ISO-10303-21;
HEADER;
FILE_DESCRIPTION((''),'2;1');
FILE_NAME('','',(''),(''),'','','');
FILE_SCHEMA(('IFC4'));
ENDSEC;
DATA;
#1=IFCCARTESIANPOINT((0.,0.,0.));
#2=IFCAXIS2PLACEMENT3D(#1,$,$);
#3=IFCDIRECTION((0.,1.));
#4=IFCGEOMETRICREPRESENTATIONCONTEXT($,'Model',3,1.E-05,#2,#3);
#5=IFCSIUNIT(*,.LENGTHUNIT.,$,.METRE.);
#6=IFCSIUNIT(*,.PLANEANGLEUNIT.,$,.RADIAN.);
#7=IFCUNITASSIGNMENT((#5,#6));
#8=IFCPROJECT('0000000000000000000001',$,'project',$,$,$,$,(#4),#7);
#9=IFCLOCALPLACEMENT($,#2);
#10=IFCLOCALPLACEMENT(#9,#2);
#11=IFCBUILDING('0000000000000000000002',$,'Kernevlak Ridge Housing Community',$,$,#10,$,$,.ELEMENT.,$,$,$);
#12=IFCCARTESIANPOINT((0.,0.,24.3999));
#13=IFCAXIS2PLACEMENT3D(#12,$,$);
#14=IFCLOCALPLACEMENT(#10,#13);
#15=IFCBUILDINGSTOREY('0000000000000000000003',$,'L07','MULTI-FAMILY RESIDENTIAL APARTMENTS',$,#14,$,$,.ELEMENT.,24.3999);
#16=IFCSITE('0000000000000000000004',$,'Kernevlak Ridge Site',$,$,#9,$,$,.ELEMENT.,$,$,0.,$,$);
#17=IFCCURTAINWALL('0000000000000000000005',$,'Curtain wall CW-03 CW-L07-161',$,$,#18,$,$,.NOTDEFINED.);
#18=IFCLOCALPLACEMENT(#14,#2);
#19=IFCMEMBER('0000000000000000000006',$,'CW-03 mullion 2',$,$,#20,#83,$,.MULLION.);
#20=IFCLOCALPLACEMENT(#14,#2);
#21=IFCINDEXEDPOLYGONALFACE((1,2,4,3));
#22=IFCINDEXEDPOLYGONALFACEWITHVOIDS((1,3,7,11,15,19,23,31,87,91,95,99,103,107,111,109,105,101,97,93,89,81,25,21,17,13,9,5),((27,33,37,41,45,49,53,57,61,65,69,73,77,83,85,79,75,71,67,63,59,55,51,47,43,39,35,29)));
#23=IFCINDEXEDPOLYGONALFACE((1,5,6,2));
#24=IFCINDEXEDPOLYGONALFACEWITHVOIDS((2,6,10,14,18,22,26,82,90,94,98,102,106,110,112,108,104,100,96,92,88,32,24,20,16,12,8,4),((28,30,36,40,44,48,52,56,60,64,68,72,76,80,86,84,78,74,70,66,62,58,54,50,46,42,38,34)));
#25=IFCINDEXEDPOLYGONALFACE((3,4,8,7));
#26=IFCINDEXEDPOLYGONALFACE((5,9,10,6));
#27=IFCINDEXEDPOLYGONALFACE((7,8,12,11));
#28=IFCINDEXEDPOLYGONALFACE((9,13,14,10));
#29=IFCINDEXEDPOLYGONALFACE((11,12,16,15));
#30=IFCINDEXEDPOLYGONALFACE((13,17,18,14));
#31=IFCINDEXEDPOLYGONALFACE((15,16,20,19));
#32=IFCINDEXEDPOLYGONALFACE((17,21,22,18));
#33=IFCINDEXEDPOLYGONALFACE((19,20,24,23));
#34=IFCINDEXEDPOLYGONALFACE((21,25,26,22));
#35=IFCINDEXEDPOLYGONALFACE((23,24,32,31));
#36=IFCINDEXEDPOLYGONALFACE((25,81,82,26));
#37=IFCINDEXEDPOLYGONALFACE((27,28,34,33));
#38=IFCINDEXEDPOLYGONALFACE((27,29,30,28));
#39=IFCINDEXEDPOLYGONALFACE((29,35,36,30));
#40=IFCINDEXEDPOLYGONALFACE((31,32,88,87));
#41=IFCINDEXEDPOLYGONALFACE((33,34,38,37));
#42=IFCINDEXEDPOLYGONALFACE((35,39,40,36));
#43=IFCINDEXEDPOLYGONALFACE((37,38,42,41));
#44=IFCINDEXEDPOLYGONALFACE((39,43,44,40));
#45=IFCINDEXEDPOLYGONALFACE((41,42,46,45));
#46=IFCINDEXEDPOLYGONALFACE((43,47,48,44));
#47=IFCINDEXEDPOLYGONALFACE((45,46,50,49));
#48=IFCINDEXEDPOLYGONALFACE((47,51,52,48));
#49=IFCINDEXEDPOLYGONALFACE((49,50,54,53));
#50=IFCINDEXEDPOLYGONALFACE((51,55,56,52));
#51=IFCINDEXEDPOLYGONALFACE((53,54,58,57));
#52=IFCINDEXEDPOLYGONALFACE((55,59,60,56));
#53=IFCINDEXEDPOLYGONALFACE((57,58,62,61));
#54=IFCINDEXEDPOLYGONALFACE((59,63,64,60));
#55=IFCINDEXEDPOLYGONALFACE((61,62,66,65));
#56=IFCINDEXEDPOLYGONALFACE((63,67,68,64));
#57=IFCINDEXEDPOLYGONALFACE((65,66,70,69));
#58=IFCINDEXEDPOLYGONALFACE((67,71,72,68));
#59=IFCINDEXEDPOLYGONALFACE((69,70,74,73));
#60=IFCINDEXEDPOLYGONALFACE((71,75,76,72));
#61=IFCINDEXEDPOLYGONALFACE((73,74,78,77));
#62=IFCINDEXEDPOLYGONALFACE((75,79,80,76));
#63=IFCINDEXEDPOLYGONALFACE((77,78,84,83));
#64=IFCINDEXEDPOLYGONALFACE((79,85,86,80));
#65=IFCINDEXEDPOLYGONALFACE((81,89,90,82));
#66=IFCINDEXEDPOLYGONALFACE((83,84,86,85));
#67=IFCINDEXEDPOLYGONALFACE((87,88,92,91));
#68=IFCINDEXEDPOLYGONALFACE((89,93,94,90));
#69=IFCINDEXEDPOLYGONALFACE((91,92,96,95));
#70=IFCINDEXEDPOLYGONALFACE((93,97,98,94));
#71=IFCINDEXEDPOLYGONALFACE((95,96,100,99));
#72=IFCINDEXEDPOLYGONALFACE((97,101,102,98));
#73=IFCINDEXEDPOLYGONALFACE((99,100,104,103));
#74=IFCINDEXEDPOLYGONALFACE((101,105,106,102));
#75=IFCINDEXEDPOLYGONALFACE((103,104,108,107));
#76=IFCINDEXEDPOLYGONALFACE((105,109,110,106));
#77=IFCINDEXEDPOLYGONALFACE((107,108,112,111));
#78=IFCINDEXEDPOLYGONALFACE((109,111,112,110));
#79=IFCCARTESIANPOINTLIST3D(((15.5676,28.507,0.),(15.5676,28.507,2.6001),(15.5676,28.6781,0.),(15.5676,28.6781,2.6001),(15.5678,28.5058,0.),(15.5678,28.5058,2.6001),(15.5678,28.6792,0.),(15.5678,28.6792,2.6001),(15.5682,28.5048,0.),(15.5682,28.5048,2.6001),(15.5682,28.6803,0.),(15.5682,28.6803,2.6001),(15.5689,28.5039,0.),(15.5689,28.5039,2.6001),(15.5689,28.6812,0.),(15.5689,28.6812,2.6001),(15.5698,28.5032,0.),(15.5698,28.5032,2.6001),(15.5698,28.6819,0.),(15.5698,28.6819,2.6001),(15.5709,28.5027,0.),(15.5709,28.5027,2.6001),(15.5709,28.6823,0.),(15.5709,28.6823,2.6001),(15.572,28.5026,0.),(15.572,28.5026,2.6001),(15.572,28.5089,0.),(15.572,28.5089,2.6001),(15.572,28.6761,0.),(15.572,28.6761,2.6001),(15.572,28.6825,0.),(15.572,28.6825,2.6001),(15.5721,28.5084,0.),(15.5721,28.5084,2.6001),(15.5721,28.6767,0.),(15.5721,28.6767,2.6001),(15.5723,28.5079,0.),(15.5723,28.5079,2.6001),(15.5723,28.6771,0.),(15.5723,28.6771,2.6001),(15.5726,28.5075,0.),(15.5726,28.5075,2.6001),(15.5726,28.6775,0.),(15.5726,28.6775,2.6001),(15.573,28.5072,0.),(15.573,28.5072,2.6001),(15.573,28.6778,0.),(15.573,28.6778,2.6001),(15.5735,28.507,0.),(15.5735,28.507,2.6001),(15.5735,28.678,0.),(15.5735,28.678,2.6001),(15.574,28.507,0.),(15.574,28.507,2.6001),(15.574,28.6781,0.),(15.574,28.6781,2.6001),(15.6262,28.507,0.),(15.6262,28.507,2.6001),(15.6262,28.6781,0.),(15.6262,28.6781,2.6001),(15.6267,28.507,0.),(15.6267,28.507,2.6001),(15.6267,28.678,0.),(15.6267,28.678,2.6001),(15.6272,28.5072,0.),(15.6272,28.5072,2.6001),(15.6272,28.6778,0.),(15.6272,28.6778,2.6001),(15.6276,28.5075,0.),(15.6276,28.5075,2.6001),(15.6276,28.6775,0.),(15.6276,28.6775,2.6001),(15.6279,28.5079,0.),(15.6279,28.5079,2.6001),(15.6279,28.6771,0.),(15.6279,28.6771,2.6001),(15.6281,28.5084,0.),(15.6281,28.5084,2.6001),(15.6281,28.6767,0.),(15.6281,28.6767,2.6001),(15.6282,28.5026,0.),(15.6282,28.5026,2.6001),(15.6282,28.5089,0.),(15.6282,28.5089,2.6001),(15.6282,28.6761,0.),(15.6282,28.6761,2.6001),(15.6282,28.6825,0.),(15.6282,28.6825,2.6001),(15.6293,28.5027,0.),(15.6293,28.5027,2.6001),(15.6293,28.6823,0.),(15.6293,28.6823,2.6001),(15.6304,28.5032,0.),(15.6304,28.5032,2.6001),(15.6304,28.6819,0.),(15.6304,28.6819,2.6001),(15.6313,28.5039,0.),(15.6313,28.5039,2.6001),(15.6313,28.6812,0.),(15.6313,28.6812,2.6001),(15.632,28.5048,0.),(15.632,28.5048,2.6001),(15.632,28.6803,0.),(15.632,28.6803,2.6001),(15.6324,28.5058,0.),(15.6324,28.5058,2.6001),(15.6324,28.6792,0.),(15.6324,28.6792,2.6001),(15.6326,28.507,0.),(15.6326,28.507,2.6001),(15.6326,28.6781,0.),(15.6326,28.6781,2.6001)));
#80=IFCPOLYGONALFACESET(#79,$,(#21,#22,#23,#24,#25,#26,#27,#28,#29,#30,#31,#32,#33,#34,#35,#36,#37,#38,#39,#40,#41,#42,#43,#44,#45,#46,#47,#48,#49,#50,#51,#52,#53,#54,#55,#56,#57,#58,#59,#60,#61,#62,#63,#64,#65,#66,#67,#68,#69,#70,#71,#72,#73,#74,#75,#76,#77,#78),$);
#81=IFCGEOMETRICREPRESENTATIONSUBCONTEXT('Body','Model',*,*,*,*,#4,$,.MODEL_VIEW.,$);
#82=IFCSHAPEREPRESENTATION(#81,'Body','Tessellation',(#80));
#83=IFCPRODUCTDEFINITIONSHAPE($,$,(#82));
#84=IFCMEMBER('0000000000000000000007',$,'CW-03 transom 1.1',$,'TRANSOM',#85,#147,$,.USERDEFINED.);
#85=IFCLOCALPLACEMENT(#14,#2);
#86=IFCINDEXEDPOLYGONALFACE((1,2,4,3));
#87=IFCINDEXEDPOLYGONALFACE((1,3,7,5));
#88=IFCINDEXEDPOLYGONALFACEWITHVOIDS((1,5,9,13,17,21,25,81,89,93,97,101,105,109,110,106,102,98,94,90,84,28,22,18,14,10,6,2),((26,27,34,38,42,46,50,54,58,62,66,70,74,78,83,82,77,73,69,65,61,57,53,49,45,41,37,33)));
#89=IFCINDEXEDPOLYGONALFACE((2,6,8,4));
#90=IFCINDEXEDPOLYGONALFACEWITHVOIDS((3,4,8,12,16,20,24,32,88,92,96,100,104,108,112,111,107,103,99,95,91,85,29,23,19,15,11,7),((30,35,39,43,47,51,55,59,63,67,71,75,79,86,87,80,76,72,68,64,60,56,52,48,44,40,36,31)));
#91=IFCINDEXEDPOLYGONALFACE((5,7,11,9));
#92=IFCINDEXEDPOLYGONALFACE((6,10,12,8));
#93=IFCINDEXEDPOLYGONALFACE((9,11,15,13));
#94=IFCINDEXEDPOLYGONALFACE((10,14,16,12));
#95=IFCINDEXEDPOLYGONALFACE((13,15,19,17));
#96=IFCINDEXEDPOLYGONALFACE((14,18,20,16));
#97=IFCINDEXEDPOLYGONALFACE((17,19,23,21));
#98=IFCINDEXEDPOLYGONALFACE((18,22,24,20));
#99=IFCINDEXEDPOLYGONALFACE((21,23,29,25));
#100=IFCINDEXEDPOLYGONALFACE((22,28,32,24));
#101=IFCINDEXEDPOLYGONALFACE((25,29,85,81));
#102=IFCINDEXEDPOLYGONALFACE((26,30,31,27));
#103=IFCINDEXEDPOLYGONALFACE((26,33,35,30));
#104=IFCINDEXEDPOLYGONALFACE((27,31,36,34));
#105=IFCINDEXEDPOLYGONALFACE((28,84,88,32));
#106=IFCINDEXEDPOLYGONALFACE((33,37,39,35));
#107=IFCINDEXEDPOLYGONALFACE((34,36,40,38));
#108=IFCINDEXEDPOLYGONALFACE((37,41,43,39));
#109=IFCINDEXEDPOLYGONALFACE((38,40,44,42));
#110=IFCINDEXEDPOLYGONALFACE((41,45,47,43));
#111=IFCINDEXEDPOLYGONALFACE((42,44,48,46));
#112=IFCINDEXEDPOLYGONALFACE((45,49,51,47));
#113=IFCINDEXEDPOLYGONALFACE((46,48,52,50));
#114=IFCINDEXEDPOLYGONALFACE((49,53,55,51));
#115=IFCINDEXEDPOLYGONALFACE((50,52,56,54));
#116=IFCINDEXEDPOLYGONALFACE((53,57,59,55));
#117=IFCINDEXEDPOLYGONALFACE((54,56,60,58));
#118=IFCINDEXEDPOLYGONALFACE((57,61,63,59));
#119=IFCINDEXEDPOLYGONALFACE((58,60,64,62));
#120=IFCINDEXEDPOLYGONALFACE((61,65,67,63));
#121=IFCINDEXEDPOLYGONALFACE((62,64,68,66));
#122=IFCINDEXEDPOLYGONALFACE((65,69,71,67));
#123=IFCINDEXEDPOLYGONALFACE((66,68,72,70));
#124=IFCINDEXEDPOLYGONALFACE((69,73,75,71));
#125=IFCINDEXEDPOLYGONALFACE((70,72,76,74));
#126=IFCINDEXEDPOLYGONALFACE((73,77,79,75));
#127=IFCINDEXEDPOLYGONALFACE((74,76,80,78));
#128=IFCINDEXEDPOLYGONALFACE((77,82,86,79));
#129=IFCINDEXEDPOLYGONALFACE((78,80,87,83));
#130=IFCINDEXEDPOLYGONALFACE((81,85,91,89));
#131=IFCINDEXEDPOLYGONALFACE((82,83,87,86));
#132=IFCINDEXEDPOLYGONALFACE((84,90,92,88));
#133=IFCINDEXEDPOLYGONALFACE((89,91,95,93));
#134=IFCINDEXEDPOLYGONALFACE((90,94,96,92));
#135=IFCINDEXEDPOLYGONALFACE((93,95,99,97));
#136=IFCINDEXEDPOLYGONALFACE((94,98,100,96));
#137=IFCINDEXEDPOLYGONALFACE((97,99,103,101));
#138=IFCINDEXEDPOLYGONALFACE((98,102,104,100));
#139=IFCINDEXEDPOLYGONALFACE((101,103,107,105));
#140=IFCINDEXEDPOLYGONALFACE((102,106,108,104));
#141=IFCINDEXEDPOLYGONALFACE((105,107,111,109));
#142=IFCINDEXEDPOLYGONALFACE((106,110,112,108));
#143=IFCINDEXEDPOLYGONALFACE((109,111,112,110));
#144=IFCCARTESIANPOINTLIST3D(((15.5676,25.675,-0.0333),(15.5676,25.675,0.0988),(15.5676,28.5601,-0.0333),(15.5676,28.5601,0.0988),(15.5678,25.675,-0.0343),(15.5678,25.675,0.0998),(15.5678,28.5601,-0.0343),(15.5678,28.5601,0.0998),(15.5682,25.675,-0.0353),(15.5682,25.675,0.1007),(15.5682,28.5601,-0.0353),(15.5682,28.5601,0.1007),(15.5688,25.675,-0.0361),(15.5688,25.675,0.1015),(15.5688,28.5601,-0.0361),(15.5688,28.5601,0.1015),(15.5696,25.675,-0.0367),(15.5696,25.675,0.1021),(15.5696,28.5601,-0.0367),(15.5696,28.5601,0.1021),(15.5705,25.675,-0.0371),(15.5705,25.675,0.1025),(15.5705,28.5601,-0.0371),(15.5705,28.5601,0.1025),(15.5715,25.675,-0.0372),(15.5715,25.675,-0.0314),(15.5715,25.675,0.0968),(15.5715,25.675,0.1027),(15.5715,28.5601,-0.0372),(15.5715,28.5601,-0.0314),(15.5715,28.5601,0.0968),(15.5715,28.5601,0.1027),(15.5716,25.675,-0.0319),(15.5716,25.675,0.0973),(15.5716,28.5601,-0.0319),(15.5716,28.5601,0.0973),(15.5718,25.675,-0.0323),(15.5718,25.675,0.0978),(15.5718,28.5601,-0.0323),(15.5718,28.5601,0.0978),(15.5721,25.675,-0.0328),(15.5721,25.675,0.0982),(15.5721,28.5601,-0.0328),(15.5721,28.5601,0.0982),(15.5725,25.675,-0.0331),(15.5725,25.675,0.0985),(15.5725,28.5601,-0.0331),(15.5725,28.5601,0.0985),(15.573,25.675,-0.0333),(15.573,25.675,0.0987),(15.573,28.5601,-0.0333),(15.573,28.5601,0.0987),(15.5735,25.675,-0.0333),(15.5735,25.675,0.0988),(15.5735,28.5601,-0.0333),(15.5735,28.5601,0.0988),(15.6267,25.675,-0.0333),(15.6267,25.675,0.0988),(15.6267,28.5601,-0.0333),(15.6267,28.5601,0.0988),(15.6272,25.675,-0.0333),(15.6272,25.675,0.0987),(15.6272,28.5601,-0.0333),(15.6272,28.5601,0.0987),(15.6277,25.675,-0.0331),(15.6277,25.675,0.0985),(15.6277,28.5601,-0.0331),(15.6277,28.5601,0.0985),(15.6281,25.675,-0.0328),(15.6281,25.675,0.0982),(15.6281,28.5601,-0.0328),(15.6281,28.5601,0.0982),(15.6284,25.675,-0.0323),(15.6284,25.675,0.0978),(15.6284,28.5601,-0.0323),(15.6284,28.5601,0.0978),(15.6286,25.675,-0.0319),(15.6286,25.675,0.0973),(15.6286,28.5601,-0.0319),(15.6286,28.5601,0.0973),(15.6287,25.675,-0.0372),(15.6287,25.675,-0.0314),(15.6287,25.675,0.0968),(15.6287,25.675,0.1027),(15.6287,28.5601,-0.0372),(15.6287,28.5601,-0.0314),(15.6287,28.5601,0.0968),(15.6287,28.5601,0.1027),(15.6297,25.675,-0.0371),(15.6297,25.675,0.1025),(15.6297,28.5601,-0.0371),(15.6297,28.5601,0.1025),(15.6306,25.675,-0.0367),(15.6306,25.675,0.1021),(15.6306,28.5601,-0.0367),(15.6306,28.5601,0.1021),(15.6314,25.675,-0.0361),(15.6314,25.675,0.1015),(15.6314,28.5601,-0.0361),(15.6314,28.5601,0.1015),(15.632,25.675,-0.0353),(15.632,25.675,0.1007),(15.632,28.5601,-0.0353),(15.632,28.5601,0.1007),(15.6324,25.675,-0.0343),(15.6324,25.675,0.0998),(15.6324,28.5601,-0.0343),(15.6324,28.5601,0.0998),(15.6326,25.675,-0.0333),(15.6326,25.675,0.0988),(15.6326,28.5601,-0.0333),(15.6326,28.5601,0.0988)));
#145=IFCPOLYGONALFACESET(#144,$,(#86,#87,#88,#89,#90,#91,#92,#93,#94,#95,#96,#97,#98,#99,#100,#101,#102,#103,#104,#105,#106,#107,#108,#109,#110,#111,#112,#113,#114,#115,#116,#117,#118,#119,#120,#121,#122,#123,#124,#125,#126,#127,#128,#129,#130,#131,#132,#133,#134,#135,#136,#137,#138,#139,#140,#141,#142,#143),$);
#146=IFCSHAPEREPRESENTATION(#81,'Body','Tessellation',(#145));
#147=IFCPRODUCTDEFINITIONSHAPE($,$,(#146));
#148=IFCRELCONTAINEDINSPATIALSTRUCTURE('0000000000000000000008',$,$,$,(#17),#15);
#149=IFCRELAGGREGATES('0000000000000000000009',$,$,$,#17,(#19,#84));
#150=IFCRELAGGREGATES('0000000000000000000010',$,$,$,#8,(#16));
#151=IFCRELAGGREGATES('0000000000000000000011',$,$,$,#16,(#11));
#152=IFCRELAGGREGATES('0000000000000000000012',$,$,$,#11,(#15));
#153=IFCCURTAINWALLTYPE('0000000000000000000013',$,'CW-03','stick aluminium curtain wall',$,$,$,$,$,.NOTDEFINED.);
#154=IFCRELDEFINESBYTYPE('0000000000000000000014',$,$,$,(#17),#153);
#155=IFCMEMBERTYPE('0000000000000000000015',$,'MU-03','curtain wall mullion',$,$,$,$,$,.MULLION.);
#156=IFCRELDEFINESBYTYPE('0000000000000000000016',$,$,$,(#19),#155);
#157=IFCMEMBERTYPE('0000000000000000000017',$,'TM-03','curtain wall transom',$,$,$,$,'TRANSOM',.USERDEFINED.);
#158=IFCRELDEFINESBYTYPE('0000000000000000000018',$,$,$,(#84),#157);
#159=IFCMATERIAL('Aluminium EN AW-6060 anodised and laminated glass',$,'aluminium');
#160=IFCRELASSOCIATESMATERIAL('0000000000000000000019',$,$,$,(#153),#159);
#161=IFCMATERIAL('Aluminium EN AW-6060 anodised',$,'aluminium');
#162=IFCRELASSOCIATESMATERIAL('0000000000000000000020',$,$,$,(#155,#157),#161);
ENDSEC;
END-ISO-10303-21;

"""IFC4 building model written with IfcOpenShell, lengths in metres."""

from ifc_helpers import new_model, si_unit, direction, frame, origin, origin_2d, place, context, subcontext, project, spatial, hollow_rectangle, extrude, material, material_profile, profile_set, type_object, element, aggregate, save


model = new_model("IFC4")

# Units and contexts
model_context = context("Model", 3, precision=1e-05, world=origin(), true_north=direction((0.0, 1.0)))
body_context = subcontext(model_context, "Body", "Model", "MODEL_VIEW")
ifc_project = project(units=[si_unit("LENGTHUNIT", "METRE"), si_unit("PLANEANGLEUNIT", "RADIAN")], contexts=[model_context])

# Site, building, storey
site_placement = place(None, origin())
site = spatial("IfcSite", under=ifc_project, at=site_placement, Name="Kernevlak Ridge Site", CompositionType="ELEMENT", RefElevation=0.0)
building_placement = place(site_placement, origin())
building = spatial("IfcBuilding", under=site, at=building_placement, Name="Kernevlak Ridge Housing Community", CompositionType="ELEMENT")
storey_placement = place(building_placement, frame((0.0, 0.0, 24.3999)))
storey = spatial("IfcBuildingStorey", under=building, at=storey_placement, Name="L07", Description="MULTI-FAMILY RESIDENTIAL APARTMENTS", CompositionType="ELEMENT", Elevation=24.3999)

# Shared definitions
ifc_material_1 = material(Name="Aluminium EN AW-6060 anodised and laminated glass", Category="aluminium")
ifc_material_2 = material(Name="Aluminium EN AW-6060 anodised", Category="aluminium")

# Curtain wall, members
curtain_wall_type_1 = type_object("IfcCurtainWallType", Name="CW-03", Description="stick aluminium curtain wall", PredefinedType="NOTDEFINED", material=ifc_material_1)
curtain_wall_1_placement = place(storey_placement, origin())
curtain_wall_1 = element("IfcCurtainWall", 1, at=curtain_wall_1_placement, inside=storey, type_object=curtain_wall_type_1, Name="Curtain wall CW-03 CW-L07-161", PredefinedType="NOTDEFINED")
ifc_material_profile_1 = material_profile(ifc_material_2, hollow_rectangle(XDim=0.0649, YDim=0.1799, WallThickness=0.0044, InnerFilletRadius=0.002, OuterFilletRadius=0.0044, at=origin_2d()), Name="ALU 65x180x4.5")
ifc_profile_set_1 = profile_set([ifc_material_profile_1], Name="Aluminium EN AW-6060 anodised")
member_type_1 = type_object("IfcMemberType", Name="MU-03", Description="curtain wall mullion", PredefinedType="MULLION", material=ifc_profile_set_1)
member_1_placement = place(storey_placement, frame((15.6001, 28.5925, 0.0), z_axis=(0.0, 0.0, 1.0), x_axis=(-1.0, 0.0, 0.0)))
member_1 = element("IfcMember", 2, at=member_1_placement, type_object=member_type_1, Name="CW-03 mullion 2", PredefinedType="MULLION", context=body_context, shape_type="SweptSolid", body=[
    extrude(hollow_rectangle(XDim=0.0649, YDim=0.1799, WallThickness=0.0044, InnerFilletRadius=0.002, OuterFilletRadius=0.0044, at=origin_2d()), origin(), (0.0, 0.0, 1.0), 2.6001),
])
ifc_material_profile_2 = material_profile(ifc_material_2, hollow_rectangle(XDim=0.0649, YDim=0.1399, WallThickness=0.0039, InnerFilletRadius=0.002, OuterFilletRadius=0.0039, at=origin_2d()), Name="ALU 65x140x4")
ifc_profile_set_2 = profile_set([ifc_material_profile_2], Name="Aluminium EN AW-6060 anodised")
member_type_2 = type_object("IfcMemberType", Name="TM-03", Description="curtain wall transom", ElementType="TRANSOM", PredefinedType="USERDEFINED", material=ifc_profile_set_2)
member_2_placement = place(storey_placement, frame((15.6001, 25.675, 0.0327), z_axis=(0.0, 1.0, 0.0), x_axis=(-1.0, 0.0, 0.0)))
member_2 = element("IfcMember", 3, at=member_2_placement, type_object=member_type_2, Name="CW-03 transom 1.1", ObjectType="TRANSOM", PredefinedType="USERDEFINED", context=body_context, shape_type="SweptSolid", body=[
    extrude(hollow_rectangle(XDim=0.0649, YDim=0.1399, WallThickness=0.0039, InnerFilletRadius=0.002, OuterFilletRadius=0.0039, at=origin_2d()), origin(), (0.0, 0.0, 1.0), 2.885),
])

aggregate(curtain_wall_1, [member_1, member_2])

save(model, "model.ifc")
